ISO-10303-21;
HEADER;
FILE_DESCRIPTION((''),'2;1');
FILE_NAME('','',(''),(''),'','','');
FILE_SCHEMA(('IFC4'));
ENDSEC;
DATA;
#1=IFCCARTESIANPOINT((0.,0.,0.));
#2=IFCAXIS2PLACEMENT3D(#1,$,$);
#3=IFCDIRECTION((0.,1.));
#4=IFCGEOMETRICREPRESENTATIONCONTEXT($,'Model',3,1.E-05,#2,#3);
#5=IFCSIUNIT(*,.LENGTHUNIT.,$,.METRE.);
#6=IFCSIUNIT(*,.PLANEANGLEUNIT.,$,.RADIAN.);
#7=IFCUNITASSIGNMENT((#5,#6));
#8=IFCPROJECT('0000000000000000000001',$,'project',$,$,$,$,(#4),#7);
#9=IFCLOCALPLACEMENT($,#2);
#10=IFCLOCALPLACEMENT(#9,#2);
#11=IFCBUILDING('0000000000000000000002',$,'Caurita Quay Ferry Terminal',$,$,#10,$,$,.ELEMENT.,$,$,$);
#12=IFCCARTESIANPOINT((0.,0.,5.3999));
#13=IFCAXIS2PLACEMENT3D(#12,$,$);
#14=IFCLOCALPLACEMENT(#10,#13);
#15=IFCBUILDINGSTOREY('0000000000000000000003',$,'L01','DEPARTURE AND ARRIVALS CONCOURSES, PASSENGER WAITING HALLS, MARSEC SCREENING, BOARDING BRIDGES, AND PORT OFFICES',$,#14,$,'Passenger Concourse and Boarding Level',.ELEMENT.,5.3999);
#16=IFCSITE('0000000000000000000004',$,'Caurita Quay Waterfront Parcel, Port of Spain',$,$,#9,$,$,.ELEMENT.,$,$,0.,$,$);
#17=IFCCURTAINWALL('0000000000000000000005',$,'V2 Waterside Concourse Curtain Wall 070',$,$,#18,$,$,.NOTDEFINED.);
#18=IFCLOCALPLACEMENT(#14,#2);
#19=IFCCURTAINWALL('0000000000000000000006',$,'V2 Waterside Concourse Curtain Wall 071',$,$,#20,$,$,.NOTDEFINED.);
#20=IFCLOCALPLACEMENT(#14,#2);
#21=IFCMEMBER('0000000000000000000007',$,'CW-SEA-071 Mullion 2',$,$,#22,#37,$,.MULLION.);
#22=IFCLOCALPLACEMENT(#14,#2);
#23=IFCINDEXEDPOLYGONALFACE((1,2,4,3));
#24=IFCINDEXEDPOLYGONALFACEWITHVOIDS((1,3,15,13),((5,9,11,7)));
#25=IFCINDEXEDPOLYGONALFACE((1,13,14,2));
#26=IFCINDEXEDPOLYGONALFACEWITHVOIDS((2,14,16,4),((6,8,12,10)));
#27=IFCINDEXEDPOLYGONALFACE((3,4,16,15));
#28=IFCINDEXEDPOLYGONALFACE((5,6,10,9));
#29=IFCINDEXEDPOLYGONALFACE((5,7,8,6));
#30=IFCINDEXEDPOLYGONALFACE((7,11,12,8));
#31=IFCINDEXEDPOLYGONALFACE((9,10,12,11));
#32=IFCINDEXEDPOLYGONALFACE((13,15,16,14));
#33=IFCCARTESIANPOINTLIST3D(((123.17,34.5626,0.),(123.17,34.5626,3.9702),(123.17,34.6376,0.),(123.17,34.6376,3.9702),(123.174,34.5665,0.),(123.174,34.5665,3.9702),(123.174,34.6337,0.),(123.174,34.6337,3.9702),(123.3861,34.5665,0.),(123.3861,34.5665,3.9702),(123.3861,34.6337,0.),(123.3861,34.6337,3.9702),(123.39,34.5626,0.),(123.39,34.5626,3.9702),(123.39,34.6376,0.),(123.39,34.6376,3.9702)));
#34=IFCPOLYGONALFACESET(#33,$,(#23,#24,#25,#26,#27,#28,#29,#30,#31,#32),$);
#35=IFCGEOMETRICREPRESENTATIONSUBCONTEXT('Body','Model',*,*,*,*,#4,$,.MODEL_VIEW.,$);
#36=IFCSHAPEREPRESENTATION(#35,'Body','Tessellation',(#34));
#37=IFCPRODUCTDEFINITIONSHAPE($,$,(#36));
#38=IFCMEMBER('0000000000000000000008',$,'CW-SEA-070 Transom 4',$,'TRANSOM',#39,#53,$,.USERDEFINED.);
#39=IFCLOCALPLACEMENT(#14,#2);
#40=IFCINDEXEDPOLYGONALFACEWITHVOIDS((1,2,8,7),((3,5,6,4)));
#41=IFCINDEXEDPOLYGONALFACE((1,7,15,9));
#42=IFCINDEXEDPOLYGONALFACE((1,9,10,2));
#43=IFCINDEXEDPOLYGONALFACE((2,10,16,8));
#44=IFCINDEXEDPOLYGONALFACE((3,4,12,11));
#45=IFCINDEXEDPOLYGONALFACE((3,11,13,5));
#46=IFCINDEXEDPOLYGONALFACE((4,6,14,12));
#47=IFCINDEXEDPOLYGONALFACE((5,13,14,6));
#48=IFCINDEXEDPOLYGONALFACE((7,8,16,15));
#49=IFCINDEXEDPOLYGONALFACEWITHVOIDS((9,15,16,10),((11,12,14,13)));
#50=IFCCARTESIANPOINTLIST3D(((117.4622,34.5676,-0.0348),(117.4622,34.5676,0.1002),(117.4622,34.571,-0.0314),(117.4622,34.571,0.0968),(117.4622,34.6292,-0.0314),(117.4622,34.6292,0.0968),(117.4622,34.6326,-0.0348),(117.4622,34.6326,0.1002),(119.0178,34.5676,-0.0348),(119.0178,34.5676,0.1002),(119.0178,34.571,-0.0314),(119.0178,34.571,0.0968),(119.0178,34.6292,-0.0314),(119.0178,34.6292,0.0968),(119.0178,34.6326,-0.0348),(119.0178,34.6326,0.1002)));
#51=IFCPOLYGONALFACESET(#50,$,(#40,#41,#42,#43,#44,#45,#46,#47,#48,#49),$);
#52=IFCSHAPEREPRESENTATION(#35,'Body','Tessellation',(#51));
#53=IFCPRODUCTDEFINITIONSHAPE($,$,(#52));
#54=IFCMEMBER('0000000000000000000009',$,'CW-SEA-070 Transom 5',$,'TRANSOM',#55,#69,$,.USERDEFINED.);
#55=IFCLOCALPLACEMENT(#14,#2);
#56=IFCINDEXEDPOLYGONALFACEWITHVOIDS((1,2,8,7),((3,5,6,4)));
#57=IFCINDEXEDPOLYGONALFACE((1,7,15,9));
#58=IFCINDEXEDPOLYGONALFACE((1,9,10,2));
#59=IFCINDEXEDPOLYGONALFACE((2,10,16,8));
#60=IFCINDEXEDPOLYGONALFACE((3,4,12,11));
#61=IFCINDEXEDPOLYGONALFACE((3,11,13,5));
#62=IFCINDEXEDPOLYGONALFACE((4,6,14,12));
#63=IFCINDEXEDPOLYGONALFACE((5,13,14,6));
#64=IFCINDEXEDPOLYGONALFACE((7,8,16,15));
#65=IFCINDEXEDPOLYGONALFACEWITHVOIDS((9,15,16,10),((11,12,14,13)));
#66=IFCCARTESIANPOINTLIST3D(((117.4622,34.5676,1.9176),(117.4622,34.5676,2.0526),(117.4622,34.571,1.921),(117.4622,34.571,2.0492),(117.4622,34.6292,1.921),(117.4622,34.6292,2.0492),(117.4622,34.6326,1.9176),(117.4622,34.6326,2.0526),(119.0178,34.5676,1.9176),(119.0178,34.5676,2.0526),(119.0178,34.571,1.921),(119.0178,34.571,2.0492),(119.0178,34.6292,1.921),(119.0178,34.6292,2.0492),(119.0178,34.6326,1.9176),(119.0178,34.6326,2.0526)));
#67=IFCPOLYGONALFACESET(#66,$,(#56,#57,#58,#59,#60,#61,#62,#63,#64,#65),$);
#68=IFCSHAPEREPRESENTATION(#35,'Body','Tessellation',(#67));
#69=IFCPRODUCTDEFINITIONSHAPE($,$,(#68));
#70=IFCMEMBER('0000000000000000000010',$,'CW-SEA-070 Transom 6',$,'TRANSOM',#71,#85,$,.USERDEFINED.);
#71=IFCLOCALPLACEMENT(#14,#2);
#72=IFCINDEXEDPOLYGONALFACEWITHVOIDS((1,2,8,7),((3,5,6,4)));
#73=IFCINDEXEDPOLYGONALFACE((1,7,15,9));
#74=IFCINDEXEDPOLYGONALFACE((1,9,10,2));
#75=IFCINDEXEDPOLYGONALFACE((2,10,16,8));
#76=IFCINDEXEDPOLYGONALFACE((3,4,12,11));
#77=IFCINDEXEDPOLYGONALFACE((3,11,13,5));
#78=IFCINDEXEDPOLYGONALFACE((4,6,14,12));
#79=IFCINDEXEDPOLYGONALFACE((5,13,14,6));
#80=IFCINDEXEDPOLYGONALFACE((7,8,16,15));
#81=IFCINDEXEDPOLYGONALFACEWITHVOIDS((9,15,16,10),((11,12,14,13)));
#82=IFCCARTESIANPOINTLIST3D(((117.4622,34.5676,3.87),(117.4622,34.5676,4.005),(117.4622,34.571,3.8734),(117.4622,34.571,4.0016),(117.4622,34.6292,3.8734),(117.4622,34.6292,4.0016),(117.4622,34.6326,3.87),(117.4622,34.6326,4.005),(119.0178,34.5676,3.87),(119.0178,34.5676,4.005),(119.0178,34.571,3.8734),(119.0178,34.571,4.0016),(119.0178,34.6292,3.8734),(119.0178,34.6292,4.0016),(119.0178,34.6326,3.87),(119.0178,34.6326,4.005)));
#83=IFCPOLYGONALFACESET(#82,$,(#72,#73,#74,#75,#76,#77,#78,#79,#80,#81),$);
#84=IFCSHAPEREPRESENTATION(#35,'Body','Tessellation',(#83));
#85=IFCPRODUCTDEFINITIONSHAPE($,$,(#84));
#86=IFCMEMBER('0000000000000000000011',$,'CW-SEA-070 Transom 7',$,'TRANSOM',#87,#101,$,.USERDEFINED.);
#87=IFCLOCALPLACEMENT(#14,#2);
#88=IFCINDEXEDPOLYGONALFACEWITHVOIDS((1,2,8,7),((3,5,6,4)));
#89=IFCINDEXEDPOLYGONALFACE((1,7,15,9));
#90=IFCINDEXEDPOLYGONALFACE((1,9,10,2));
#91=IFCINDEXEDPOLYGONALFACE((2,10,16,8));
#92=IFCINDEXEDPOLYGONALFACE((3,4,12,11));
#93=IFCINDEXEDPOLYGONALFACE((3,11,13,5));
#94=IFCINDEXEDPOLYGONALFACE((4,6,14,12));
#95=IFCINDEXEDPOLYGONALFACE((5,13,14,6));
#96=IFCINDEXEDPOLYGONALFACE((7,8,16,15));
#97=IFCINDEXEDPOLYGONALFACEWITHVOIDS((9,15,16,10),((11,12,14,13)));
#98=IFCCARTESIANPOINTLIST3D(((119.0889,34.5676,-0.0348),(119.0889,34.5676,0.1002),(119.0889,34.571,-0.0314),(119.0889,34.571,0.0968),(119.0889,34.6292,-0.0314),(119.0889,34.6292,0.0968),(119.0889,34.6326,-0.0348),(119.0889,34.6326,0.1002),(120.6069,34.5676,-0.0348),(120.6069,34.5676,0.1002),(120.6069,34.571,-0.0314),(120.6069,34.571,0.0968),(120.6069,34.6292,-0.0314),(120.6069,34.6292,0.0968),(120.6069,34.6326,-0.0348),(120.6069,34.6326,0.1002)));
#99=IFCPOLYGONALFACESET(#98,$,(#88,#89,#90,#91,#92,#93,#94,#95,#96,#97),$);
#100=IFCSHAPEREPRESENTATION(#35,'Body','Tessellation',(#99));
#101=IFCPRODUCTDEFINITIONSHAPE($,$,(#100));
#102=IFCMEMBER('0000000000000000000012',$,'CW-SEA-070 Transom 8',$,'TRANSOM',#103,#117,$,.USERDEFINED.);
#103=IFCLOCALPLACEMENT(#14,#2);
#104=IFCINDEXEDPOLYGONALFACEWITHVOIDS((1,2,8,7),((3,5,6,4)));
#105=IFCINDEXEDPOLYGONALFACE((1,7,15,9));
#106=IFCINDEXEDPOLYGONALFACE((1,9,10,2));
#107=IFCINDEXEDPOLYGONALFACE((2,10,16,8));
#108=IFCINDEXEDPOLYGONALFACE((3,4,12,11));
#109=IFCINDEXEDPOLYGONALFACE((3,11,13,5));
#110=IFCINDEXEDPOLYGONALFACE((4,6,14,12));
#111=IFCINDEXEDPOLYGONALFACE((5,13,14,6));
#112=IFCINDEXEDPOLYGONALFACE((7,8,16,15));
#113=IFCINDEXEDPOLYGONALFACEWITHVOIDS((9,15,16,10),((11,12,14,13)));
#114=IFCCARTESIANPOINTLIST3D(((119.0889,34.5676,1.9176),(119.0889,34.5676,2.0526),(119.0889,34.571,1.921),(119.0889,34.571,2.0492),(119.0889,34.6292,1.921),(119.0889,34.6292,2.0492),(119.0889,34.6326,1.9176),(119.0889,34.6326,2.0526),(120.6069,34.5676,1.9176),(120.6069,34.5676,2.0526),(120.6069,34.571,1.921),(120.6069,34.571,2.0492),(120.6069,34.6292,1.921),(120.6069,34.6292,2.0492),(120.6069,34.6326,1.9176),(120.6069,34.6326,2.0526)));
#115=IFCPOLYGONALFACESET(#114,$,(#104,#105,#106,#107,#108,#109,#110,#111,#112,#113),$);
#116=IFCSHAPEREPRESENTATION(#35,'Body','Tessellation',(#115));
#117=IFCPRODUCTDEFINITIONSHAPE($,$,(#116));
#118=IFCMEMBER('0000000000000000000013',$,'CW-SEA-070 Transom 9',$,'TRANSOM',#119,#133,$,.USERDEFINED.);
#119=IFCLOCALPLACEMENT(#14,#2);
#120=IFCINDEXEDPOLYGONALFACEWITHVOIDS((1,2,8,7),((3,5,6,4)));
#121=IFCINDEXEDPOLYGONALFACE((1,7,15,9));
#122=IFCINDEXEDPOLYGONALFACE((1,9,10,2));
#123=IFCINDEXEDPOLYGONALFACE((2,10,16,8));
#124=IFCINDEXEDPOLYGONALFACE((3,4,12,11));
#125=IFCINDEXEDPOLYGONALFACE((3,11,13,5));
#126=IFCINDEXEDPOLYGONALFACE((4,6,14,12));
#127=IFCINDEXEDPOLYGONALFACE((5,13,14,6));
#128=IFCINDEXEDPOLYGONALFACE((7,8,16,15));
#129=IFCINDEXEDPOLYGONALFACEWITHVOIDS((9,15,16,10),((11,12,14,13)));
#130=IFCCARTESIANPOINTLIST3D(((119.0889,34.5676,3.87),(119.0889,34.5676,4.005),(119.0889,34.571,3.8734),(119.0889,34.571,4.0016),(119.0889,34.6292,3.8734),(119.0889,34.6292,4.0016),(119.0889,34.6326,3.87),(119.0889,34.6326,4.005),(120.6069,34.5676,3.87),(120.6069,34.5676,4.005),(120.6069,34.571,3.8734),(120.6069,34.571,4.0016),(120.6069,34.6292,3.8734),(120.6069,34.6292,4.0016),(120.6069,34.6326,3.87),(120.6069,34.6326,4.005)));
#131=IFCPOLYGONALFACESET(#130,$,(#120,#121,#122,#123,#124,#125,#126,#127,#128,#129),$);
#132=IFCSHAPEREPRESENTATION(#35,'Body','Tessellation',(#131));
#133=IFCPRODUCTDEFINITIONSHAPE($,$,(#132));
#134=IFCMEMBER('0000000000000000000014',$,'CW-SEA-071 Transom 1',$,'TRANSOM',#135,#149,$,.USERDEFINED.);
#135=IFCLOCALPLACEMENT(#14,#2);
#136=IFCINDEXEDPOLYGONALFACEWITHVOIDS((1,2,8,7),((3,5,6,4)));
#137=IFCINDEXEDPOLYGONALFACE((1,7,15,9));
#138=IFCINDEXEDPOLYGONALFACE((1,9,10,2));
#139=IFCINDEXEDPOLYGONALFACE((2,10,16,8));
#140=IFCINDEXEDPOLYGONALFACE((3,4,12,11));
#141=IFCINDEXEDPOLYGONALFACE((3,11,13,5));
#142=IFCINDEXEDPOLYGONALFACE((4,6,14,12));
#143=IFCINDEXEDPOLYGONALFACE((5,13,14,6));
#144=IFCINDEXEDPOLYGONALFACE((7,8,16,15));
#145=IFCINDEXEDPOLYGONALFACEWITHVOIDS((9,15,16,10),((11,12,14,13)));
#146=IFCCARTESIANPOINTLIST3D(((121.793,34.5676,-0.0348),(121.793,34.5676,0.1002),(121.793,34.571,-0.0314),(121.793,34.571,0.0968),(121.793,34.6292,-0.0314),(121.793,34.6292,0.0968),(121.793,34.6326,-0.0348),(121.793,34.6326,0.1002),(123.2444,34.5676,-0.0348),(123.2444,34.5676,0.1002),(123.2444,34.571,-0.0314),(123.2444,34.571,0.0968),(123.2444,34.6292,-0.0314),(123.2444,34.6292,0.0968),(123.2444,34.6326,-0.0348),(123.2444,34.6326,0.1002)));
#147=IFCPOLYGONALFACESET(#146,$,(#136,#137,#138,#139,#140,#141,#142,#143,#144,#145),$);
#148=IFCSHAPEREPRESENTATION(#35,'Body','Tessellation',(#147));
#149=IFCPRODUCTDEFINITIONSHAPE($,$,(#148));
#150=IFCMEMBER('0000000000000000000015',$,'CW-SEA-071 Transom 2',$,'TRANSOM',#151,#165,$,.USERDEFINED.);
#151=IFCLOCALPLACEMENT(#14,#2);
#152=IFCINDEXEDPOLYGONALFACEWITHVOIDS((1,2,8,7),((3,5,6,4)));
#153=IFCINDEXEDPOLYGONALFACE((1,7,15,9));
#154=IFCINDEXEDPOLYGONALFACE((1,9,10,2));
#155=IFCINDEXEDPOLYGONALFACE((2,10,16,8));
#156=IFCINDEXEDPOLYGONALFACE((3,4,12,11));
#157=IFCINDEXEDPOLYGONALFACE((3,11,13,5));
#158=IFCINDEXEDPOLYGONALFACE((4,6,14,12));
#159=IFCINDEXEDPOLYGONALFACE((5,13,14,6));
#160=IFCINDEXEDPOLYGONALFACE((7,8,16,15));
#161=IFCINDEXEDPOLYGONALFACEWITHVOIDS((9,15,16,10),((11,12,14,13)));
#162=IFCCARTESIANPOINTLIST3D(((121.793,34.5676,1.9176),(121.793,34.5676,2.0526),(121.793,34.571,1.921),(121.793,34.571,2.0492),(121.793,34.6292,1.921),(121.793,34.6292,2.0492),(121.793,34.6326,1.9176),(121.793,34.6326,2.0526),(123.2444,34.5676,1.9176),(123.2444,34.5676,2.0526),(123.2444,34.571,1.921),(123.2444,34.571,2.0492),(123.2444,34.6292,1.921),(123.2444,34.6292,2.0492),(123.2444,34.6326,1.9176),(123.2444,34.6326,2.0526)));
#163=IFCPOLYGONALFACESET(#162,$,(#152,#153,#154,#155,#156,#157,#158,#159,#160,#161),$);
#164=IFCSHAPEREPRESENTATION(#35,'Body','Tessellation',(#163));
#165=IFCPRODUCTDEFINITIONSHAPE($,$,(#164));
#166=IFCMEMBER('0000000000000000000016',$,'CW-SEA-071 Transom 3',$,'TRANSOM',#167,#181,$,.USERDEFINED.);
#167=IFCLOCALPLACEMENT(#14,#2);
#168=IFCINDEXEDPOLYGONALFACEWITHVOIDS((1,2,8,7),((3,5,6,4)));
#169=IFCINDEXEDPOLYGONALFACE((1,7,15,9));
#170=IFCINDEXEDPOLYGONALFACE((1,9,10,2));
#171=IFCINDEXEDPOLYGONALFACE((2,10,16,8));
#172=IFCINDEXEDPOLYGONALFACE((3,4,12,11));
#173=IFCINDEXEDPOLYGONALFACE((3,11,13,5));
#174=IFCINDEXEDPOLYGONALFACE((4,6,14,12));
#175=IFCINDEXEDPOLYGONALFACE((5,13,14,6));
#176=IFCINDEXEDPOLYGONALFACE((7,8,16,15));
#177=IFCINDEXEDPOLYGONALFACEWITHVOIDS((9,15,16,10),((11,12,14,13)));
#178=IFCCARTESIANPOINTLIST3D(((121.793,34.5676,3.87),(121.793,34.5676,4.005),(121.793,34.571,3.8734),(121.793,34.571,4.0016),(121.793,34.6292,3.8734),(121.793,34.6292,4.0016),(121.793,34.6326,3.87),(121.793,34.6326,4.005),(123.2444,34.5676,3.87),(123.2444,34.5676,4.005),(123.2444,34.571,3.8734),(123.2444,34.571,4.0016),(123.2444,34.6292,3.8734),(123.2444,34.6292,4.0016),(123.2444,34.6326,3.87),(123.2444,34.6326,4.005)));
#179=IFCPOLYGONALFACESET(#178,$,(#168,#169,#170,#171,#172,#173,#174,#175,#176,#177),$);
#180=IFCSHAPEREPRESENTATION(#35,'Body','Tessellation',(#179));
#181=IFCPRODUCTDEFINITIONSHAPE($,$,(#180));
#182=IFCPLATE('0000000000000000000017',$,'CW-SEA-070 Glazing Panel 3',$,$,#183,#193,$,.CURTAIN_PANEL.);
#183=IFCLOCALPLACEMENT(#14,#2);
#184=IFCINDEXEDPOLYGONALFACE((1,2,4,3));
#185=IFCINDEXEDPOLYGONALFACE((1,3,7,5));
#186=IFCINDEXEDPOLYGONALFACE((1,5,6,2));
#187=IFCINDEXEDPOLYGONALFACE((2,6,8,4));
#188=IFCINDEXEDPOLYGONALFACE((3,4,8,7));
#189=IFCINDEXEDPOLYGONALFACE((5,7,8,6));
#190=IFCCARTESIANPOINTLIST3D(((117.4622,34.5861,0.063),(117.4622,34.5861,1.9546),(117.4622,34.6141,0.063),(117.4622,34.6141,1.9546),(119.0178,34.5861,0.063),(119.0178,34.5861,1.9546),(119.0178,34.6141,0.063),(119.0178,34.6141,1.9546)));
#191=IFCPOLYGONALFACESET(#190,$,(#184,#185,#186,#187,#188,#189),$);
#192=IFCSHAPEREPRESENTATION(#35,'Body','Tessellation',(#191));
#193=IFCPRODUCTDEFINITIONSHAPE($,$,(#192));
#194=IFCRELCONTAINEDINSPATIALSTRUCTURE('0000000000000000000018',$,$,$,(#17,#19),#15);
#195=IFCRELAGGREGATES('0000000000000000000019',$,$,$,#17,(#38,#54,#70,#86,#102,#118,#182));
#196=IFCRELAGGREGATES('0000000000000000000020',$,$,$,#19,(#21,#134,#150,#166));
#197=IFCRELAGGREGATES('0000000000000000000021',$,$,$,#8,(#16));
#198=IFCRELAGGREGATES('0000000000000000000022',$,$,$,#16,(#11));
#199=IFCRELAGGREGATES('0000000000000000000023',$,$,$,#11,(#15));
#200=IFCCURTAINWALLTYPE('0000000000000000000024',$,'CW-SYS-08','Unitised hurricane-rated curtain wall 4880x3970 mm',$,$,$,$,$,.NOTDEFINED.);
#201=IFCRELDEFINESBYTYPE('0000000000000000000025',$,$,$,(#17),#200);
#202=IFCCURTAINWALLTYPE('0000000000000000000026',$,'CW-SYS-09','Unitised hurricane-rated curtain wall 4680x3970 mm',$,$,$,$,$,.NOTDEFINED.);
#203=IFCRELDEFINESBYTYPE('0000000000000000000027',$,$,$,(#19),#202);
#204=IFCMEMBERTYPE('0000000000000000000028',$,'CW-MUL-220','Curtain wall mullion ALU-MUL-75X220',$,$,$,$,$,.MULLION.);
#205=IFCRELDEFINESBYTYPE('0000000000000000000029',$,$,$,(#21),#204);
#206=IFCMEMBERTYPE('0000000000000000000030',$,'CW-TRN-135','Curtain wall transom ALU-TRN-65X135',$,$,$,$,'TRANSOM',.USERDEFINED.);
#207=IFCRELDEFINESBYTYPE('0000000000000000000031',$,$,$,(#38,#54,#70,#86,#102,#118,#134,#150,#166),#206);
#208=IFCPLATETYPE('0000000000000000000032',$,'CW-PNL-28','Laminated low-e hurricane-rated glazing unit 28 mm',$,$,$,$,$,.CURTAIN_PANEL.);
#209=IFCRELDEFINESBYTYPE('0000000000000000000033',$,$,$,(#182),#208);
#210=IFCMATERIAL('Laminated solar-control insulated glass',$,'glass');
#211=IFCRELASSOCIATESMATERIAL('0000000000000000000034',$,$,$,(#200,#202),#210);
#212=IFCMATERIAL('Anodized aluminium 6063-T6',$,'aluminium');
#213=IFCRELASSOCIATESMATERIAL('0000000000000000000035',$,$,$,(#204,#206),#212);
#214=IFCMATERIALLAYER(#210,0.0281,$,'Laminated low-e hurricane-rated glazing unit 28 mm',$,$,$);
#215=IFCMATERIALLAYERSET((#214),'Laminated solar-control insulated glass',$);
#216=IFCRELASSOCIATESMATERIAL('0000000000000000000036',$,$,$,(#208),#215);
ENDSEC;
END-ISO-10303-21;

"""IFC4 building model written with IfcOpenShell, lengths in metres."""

from ifc_helpers import new_model, si_unit, direction, frame, origin, origin_2d, place, context, subcontext, project, spatial, rectangle, hollow_rectangle, extrude, material, layer, layer_set, material_profile, profile_set, type_object, element, aggregate, save


model = new_model("IFC4")

# Units and contexts
model_context = context("Model", 3, precision=1e-05, world=origin(), true_north=direction((0.0, 1.0)))
body_context = subcontext(model_context, "Body", "Model", "MODEL_VIEW")
ifc_project = project(units=[si_unit("LENGTHUNIT", "METRE"), si_unit("PLANEANGLEUNIT", "RADIAN")], contexts=[model_context])

# Site, building, storey
site_placement = place(None, origin())
site = spatial("IfcSite", under=ifc_project, at=site_placement, Name="Caurita Quay Waterfront Parcel, Port of Spain", CompositionType="ELEMENT", RefElevation=0.0)
building_placement = place(site_placement, origin())
building = spatial("IfcBuilding", under=site, at=building_placement, Name="Caurita Quay Ferry Terminal", CompositionType="ELEMENT")
storey_placement = place(building_placement, frame((0.0, 0.0, 5.3999)))
storey = spatial("IfcBuildingStorey", under=building, at=storey_placement, Name="L01", Description="DEPARTURE AND ARRIVALS CONCOURSES, PASSENGER WAITING HALLS, MARSEC SCREENING, BOARDING BRIDGES, AND PORT OFFICES", LongName="Passenger Concourse and Boarding Level", CompositionType="ELEMENT", Elevation=5.3999)

# Curtain walls, member
ifc_material_1 = material(Name="Laminated solar-control insulated glass", Category="glass")
curtain_wall_type_1 = type_object("IfcCurtainWallType", Name="CW-SYS-08", Description="Unitised hurricane-rated curtain wall 4880x3970 mm", PredefinedType="NOTDEFINED", material=ifc_material_1)
curtain_wall_1_placement = place(storey_placement, origin())
curtain_wall_1 = element("IfcCurtainWall", 1, at=curtain_wall_1_placement, inside=storey, type_object=curtain_wall_type_1, Name="V2 Waterside Concourse Curtain Wall 070", PredefinedType="NOTDEFINED")
ifc_material_2 = material(Name="Anodized aluminium 6063-T6", Category="aluminium")
ifc_material_profile_1 = material_profile(ifc_material_2, hollow_rectangle(XDim=0.075, YDim=0.22, WallThickness=0.0039, at=origin_2d()), Name="ALU-MUL-75X220")
ifc_profile_set_1 = profile_set([ifc_material_profile_1], Name="Anodized aluminium 6063-T6")
member_type_1 = type_object("IfcMemberType", Name="CW-MUL-220", Description="Curtain wall mullion ALU-MUL-75X220", PredefinedType="MULLION", material=ifc_profile_set_1)
curtain_wall_type_2 = type_object("IfcCurtainWallType", Name="CW-SYS-09", Description="Unitised hurricane-rated curtain wall 4680x3970 mm", PredefinedType="NOTDEFINED", material=ifc_material_1)
curtain_wall_2_placement = place(storey_placement, origin())
curtain_wall_2 = element("IfcCurtainWall", 2, at=curtain_wall_2_placement, inside=storey, type_object=curtain_wall_type_2, Name="V2 Waterside Concourse Curtain Wall 071", PredefinedType="NOTDEFINED")
member_1_placement = place(storey_placement, frame((123.28, 34.6001, 0.0), z_axis=(0.0, 0.0, 1.0), x_axis=(0.0, 1.0, 0.0)))
member_1 = element("IfcMember", 3, at=member_1_placement, type_object=member_type_1, Name="CW-SEA-071 Mullion 2", PredefinedType="MULLION", context=body_context, shape_type="SweptSolid", body=[
    extrude(hollow_rectangle(XDim=0.075, YDim=0.22, WallThickness=0.0039, at=origin_2d()), origin(), (0.0, 0.0, 1.0), 3.9702),
])

# Members
ifc_material_profile_2 = material_profile(ifc_material_2, hollow_rectangle(XDim=0.0649, YDim=0.135, WallThickness=0.0034, at=origin_2d()), Name="ALU-TRN-65X135")
ifc_profile_set_2 = profile_set([ifc_material_profile_2], Name="Anodized aluminium 6063-T6")
member_type_2 = type_object("IfcMemberType", Name="CW-TRN-135", Description="Curtain wall transom ALU-TRN-65X135", ElementType="TRANSOM", PredefinedType="USERDEFINED", material=ifc_profile_set_2)
member_2_placement = place(storey_placement, frame((117.4622, 34.6001, 0.0327), z_axis=(1.0, 0.0, 0.0), x_axis=(0.0, 1.0, 0.0)))
member_2 = element("IfcMember", 4, at=member_2_placement, type_object=member_type_2, Name="CW-SEA-070 Transom 4", ObjectType="TRANSOM", PredefinedType="USERDEFINED", context=body_context, shape_type="SweptSolid", body=[
    extrude(hollow_rectangle(XDim=0.0649, YDim=0.135, WallThickness=0.0034, at=origin_2d()), origin(), (0.0, 0.0, 1.0), 1.5557),
])
member_3_placement = place(storey_placement, frame((117.4622, 34.6001, 1.9851), z_axis=(1.0, 0.0, 0.0), x_axis=(0.0, 1.0, 0.0)))
member_3 = element("IfcMember", 5, at=member_3_placement, type_object=member_type_2, Name="CW-SEA-070 Transom 5", ObjectType="TRANSOM", PredefinedType="USERDEFINED", context=body_context, shape_type="SweptSolid", body=[
    extrude(hollow_rectangle(XDim=0.0649, YDim=0.135, WallThickness=0.0034, at=origin_2d()), origin(), (0.0, 0.0, 1.0), 1.5557),
])
member_4_placement = place(storey_placement, frame((117.4622, 34.6001, 3.9375), z_axis=(1.0, 0.0, 0.0), x_axis=(0.0, 1.0, 0.0)))
member_4 = element("IfcMember", 6, at=member_4_placement, type_object=member_type_2, Name="CW-SEA-070 Transom 6", ObjectType="TRANSOM", PredefinedType="USERDEFINED", context=body_context, shape_type="SweptSolid", body=[
    extrude(hollow_rectangle(XDim=0.0649, YDim=0.135, WallThickness=0.0034, at=origin_2d()), origin(), (0.0, 0.0, 1.0), 1.5557),
])
member_5_placement = place(storey_placement, frame((119.0889, 34.6001, 0.0327), z_axis=(1.0, 0.0, 0.0), x_axis=(0.0, 1.0, 0.0)))
member_5 = element("IfcMember", 7, at=member_5_placement, type_object=member_type_2, Name="CW-SEA-070 Transom 7", ObjectType="TRANSOM", PredefinedType="USERDEFINED", context=body_context, shape_type="SweptSolid", body=[
    extrude(hollow_rectangle(XDim=0.0649, YDim=0.135, WallThickness=0.0034, at=origin_2d()), origin(), (0.0, 0.0, 1.0), 1.5181),
])
member_6_placement = place(storey_placement, frame((119.0889, 34.6001, 1.9851), z_axis=(1.0, 0.0, 0.0), x_axis=(0.0, 1.0, 0.0)))
member_6 = element("IfcMember", 8, at=member_6_placement, type_object=member_type_2, Name="CW-SEA-070 Transom 8", ObjectType="TRANSOM", PredefinedType="USERDEFINED", context=body_context, shape_type="SweptSolid", body=[
    extrude(hollow_rectangle(XDim=0.0649, YDim=0.135, WallThickness=0.0034, at=origin_2d()), origin(), (0.0, 0.0, 1.0), 1.5181),
])
member_7_placement = place(storey_placement, frame((119.0889, 34.6001, 3.9375), z_axis=(1.0, 0.0, 0.0), x_axis=(0.0, 1.0, 0.0)))
member_7 = element("IfcMember", 9, at=member_7_placement, type_object=member_type_2, Name="CW-SEA-070 Transom 9", ObjectType="TRANSOM", PredefinedType="USERDEFINED", context=body_context, shape_type="SweptSolid", body=[
    extrude(hollow_rectangle(XDim=0.0649, YDim=0.135, WallThickness=0.0034, at=origin_2d()), origin(), (0.0, 0.0, 1.0), 1.5181),
])
member_8_placement = place(storey_placement, frame((121.793, 34.6001, 0.0327), z_axis=(1.0, 0.0, 0.0), x_axis=(0.0, 1.0, 0.0)))
member_8 = element("IfcMember", 10, at=member_8_placement, type_object=member_type_2, Name="CW-SEA-071 Transom 1", ObjectType="TRANSOM", PredefinedType="USERDEFINED", context=body_context, shape_type="SweptSolid", body=[
    extrude(hollow_rectangle(XDim=0.0649, YDim=0.135, WallThickness=0.0034, at=origin_2d()), origin(), (0.0, 0.0, 1.0), 1.4514),
])
member_9_placement = place(storey_placement, frame((121.793, 34.6001, 1.9851), z_axis=(1.0, 0.0, 0.0), x_axis=(0.0, 1.0, 0.0)))
member_9 = element("IfcMember", 11, at=member_9_placement, type_object=member_type_2, Name="CW-SEA-071 Transom 2", ObjectType="TRANSOM", PredefinedType="USERDEFINED", context=body_context, shape_type="SweptSolid", body=[
    extrude(hollow_rectangle(XDim=0.0649, YDim=0.135, WallThickness=0.0034, at=origin_2d()), origin(), (0.0, 0.0, 1.0), 1.4514),
])
member_10_placement = place(storey_placement, frame((121.793, 34.6001, 3.9375), z_axis=(1.0, 0.0, 0.0), x_axis=(0.0, 1.0, 0.0)))
member_10 = element("IfcMember", 12, at=member_10_placement, type_object=member_type_2, Name="CW-SEA-071 Transom 3", ObjectType="TRANSOM", PredefinedType="USERDEFINED", context=body_context, shape_type="SweptSolid", body=[
    extrude(hollow_rectangle(XDim=0.0649, YDim=0.135, WallThickness=0.0034, at=origin_2d()), origin(), (0.0, 0.0, 1.0), 1.4514),
])

# Plate
ifc_layer_1 = layer(ifc_material_1, 0.0281, Name="Laminated low-e hurricane-rated glazing unit 28 mm")
ifc_layer_set_1 = layer_set([ifc_layer_1], Name="Laminated solar-control insulated glass")
plate_type = type_object("IfcPlateType", Name="CW-PNL-28", Description="Laminated low-e hurricane-rated glazing unit 28 mm", PredefinedType="CURTAIN_PANEL", material=ifc_layer_set_1)
plate_1_placement = place(storey_placement, frame((118.24, 34.6001, 0.063), z_axis=(0.0, 0.0, 1.0), x_axis=(1.0, 0.0, 0.0)))
plate_1 = element("IfcPlate", 13, at=plate_1_placement, type_object=plate_type, Name="CW-SEA-070 Glazing Panel 3", PredefinedType="CURTAIN_PANEL", context=body_context, shape_type="SweptSolid", body=[
    extrude(rectangle(XDim=1.5557, YDim=0.0281, at=origin_2d()), origin(), (0.0, 0.0, 1.0), 1.8916),
])
aggregate(curtain_wall_1, [member_2, member_3, member_4, member_5, member_6, member_7, plate_1])
aggregate(curtain_wall_2, [member_1, member_8, member_9, member_10])

save(model, "model.ifc")
